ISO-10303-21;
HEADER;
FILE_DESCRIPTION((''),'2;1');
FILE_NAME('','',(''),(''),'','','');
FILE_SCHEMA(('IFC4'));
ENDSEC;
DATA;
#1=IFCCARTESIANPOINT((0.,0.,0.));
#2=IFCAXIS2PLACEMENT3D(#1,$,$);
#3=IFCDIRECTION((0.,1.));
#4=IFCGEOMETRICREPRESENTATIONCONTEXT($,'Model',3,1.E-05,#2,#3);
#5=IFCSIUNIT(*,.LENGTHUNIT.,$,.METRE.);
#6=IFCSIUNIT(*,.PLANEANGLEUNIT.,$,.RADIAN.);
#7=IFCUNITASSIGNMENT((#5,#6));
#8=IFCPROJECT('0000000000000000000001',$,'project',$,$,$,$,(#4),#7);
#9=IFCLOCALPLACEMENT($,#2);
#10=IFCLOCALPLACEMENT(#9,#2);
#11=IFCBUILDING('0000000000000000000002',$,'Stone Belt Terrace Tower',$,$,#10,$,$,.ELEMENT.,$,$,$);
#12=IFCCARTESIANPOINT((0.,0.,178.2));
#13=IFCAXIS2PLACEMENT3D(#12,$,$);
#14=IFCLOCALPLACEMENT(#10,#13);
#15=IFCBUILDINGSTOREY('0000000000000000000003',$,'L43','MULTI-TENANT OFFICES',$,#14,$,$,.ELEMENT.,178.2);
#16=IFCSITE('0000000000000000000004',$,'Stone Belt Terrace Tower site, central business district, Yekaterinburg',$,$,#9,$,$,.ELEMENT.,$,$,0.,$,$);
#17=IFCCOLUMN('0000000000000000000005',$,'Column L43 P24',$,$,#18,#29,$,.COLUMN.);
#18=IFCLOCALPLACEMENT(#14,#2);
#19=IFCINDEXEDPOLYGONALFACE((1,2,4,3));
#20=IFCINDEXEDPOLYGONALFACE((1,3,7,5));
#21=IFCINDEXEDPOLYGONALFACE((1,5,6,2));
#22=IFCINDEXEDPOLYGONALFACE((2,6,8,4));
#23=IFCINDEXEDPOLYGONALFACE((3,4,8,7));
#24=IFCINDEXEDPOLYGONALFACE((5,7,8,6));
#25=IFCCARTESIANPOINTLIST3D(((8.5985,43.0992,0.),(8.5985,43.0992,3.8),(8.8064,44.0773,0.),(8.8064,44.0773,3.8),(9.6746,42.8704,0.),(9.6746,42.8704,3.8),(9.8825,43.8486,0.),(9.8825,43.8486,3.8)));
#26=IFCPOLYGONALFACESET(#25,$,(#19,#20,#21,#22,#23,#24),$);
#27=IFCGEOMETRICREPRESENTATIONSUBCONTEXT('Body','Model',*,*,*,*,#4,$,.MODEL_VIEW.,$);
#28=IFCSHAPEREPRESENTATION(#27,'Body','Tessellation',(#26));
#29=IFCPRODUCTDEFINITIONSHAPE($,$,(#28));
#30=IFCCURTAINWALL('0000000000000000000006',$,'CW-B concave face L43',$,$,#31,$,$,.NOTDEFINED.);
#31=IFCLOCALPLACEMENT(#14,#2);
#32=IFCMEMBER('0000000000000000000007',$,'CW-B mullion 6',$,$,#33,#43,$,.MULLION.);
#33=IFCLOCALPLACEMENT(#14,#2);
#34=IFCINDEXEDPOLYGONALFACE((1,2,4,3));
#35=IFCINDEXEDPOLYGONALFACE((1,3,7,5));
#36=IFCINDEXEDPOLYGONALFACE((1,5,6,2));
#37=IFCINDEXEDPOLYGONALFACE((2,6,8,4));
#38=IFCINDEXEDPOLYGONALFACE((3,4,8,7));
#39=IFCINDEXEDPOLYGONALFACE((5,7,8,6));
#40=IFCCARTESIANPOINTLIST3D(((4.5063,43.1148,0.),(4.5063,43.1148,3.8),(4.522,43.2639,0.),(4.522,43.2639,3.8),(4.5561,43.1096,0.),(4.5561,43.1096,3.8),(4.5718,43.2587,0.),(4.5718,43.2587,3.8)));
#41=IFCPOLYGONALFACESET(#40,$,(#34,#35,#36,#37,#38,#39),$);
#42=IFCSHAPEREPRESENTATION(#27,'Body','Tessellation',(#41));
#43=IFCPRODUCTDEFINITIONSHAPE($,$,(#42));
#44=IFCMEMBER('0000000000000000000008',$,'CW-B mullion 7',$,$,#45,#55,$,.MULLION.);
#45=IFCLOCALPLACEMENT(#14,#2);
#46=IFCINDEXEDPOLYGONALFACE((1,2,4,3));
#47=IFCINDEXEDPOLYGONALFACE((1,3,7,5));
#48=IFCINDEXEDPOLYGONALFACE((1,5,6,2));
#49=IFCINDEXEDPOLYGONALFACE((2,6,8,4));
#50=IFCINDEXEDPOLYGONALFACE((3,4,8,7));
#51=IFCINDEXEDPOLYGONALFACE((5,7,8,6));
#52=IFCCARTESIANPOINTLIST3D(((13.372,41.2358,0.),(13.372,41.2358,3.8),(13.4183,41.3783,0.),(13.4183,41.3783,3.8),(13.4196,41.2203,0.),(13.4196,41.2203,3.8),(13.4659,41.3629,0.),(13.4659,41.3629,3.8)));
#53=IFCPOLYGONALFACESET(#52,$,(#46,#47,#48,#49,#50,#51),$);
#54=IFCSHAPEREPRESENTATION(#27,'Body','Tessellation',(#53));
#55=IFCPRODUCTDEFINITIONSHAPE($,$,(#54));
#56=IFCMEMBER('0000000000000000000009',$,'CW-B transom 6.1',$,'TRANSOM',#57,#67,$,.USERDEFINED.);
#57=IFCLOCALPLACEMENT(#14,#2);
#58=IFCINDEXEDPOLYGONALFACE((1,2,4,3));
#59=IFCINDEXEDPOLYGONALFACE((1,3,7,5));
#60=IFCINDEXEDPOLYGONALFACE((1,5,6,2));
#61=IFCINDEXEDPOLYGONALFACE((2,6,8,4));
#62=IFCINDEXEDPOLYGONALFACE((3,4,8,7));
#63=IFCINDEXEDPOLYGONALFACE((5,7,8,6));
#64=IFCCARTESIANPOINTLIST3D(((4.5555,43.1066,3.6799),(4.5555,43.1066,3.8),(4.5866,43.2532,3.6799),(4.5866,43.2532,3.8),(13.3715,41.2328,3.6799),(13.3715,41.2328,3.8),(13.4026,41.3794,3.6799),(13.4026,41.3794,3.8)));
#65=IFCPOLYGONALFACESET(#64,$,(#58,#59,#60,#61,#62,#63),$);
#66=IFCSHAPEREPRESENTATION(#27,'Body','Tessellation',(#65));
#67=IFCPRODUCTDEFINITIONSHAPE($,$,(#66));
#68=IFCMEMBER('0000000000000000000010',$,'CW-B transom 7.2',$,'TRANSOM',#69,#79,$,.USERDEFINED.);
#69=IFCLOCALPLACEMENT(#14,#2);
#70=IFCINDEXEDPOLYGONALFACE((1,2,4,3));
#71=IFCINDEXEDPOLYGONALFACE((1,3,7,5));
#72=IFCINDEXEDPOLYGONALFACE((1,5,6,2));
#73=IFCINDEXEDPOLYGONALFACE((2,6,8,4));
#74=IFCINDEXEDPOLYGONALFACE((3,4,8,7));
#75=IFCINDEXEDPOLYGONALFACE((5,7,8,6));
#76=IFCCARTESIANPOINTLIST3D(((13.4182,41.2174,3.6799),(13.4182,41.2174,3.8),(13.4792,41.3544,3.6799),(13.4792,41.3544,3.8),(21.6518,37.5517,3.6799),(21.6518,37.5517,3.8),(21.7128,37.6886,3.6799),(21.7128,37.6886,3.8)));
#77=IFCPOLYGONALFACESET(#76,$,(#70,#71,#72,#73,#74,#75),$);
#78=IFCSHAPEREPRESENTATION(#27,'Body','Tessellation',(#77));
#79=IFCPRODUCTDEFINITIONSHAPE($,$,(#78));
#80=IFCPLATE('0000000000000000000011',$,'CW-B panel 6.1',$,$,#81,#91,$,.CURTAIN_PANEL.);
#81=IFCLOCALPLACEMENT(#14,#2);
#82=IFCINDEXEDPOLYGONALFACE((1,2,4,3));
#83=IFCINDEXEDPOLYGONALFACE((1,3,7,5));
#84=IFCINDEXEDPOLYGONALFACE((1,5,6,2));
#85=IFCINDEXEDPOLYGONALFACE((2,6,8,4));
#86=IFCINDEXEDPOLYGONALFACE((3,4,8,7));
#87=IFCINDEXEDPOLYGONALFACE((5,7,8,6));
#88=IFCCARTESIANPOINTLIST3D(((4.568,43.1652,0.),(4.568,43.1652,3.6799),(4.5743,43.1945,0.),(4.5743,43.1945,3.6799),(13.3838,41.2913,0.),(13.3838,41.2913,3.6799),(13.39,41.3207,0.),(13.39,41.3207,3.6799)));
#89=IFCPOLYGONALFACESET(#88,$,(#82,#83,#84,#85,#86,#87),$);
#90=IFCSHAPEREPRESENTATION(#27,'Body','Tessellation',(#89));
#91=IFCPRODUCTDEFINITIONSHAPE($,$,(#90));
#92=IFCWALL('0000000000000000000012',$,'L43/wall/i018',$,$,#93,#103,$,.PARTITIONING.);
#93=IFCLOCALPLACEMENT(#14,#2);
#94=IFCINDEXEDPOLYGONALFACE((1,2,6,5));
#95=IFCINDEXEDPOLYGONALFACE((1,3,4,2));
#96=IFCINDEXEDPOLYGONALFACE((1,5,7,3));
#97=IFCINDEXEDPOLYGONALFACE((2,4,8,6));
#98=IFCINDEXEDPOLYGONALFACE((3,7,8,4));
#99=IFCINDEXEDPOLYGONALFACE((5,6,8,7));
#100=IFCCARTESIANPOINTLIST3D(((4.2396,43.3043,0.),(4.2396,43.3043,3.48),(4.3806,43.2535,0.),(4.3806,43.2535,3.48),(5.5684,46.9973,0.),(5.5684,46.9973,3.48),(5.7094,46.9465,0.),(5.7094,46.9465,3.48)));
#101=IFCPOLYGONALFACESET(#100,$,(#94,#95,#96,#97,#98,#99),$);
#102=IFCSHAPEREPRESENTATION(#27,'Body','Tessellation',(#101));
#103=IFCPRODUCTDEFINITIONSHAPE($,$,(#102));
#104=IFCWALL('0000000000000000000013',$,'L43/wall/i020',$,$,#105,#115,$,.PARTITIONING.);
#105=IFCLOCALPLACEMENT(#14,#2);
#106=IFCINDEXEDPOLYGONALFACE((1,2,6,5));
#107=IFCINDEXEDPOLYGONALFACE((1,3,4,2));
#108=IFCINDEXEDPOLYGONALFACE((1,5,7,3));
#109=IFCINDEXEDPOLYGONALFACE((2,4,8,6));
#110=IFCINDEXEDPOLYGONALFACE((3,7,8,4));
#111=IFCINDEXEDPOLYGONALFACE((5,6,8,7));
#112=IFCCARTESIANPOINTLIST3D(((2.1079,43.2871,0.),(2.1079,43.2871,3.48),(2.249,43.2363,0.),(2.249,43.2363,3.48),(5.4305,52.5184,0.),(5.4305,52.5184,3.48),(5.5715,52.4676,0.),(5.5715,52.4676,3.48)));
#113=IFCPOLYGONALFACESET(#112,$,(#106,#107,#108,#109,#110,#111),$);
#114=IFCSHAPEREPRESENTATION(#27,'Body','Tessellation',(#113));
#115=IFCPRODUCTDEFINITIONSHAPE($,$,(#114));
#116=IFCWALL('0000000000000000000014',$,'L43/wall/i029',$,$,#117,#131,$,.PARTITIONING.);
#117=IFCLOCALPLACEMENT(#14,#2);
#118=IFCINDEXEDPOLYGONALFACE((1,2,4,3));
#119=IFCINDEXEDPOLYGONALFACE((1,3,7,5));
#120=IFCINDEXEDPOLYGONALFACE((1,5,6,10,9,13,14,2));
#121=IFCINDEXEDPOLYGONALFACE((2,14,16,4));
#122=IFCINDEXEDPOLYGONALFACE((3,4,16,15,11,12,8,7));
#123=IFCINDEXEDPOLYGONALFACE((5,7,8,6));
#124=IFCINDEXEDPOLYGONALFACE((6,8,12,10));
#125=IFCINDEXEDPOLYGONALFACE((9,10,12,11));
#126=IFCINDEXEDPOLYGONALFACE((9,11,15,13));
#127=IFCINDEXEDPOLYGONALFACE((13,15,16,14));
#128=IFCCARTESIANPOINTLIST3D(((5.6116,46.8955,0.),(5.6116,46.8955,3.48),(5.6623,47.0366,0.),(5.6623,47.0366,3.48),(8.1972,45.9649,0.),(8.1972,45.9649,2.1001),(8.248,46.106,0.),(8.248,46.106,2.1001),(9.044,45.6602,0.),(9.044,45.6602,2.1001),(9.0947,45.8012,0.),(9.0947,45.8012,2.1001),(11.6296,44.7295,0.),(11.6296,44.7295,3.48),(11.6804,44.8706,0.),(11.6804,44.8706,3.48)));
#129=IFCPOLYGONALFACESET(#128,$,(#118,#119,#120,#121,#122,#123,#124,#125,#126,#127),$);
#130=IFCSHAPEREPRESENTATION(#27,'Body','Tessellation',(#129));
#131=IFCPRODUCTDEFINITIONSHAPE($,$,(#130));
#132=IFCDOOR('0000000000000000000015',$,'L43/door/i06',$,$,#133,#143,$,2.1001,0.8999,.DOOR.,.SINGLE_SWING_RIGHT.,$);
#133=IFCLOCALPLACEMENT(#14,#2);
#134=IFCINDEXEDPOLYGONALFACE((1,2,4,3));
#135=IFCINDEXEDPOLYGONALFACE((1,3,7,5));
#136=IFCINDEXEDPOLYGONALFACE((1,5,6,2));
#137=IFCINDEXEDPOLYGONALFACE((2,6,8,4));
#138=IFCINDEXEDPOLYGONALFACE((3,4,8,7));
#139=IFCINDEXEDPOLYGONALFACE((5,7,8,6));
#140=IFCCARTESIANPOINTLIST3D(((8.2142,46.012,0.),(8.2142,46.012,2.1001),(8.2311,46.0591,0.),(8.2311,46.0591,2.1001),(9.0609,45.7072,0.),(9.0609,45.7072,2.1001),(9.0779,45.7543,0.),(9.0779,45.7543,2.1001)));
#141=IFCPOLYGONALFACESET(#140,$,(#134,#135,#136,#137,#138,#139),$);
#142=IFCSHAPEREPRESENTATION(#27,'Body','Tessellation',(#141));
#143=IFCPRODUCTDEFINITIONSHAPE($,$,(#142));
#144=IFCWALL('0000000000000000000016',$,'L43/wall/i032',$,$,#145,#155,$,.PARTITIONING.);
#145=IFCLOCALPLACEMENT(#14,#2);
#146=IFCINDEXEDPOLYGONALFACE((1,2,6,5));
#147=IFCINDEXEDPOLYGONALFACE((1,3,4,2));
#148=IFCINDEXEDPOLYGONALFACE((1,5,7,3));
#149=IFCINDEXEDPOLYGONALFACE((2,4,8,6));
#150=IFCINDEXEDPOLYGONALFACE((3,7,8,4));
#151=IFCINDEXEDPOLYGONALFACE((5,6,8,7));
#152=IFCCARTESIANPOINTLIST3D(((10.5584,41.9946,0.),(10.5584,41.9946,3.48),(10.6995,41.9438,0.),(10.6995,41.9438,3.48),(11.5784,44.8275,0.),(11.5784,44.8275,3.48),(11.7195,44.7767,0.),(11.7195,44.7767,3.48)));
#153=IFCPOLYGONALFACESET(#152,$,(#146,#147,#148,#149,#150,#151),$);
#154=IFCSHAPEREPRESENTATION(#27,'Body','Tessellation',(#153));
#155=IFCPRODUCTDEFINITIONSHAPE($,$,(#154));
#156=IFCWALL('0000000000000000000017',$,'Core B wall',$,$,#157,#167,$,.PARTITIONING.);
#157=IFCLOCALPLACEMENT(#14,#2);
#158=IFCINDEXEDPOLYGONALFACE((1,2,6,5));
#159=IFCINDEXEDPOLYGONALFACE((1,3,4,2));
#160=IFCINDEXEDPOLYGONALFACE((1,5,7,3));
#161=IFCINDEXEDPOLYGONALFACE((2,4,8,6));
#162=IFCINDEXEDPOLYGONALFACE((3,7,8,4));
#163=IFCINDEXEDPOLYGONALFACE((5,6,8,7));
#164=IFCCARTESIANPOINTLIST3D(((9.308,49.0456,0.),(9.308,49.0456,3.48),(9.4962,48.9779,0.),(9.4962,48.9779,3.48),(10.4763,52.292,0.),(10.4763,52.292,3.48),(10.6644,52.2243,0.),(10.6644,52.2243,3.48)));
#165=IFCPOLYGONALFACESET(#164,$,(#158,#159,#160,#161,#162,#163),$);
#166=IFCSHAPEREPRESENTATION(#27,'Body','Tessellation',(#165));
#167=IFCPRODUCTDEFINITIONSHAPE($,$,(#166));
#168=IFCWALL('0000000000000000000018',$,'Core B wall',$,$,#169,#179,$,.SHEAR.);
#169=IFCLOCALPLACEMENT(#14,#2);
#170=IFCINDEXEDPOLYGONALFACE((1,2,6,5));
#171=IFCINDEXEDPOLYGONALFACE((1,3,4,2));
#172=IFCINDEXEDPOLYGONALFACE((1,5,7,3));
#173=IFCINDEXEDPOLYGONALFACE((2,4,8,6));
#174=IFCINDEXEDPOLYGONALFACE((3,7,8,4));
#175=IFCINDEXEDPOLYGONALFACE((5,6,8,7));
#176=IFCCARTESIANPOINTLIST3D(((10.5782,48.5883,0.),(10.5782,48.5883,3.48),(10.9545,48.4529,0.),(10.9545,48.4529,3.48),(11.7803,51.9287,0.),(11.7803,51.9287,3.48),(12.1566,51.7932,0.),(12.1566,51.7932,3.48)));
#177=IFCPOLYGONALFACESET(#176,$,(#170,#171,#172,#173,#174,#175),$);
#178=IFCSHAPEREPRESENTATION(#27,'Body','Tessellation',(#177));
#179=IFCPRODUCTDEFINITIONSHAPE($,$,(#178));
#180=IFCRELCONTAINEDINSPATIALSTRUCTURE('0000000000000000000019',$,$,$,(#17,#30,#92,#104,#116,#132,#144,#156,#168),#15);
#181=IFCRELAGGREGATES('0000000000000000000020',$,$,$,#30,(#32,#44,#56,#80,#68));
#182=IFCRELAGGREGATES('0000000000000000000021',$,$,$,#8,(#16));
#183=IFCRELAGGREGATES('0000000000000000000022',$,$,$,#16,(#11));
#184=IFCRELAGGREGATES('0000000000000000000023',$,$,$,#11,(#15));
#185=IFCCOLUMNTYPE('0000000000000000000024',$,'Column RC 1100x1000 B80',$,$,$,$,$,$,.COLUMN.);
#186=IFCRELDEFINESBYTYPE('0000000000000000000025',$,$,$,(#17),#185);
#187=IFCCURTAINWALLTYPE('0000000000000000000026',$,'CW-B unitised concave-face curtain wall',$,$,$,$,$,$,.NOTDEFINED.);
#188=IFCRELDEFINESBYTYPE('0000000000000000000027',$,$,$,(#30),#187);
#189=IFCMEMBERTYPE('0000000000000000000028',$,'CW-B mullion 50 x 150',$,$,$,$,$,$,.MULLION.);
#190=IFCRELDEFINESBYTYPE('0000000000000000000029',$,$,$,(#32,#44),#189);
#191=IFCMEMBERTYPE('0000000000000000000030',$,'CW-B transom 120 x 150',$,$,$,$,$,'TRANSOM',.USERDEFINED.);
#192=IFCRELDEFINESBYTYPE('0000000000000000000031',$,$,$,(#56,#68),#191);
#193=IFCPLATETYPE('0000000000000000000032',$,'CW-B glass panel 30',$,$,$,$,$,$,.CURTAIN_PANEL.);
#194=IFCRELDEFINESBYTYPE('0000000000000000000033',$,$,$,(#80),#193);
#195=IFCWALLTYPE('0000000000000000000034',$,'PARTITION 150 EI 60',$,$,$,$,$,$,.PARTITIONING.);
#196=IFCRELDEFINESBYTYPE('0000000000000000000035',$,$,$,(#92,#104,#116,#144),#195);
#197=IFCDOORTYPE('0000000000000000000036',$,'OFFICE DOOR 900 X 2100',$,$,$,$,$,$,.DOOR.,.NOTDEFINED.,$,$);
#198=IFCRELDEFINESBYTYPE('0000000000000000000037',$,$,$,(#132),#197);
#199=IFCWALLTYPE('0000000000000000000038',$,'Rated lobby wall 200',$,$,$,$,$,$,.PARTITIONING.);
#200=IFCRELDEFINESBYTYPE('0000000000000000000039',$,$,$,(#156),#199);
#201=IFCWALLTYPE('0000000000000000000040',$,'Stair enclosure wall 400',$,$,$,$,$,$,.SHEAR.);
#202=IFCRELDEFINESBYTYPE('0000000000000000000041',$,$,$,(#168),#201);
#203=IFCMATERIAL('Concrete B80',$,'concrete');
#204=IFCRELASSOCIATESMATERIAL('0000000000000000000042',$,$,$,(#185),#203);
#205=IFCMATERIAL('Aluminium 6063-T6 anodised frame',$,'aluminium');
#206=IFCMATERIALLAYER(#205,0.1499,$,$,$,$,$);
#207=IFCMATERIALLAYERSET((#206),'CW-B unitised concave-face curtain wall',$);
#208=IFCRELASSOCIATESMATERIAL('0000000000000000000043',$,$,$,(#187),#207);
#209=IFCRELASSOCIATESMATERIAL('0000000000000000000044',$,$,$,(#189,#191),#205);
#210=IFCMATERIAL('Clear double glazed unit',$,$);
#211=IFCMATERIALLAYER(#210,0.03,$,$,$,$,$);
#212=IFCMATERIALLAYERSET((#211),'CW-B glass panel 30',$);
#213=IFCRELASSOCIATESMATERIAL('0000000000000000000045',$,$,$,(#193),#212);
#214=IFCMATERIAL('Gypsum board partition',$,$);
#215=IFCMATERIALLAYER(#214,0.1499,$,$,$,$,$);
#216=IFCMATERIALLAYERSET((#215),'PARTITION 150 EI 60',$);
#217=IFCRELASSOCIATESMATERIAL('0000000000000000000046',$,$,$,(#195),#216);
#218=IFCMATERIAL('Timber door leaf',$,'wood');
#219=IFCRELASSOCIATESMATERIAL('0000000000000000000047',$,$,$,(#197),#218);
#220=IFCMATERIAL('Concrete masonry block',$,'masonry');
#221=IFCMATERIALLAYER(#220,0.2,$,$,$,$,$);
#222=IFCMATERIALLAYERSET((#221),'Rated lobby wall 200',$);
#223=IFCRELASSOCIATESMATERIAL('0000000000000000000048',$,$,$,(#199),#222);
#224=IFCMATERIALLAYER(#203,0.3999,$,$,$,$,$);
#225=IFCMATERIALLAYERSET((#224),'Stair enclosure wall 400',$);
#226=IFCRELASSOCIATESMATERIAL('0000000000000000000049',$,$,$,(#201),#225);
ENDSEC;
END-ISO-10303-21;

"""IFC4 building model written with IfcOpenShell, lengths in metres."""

from ifc_helpers import new_model, si_unit, direction, frame, frame_2d, origin, origin_2d, place, context, subcontext, project, spatial, rectangle, extrude, material, layer, layer_set, material_profile, profile_set, type_object, element, fill, aggregate, save


model = new_model("IFC4")

# Units and contexts
model_context = context("Model", 3, precision=1e-05, world=origin(), true_north=direction((0.0, 1.0)))
body_context = subcontext(model_context, "Body", "Model", "MODEL_VIEW")
ifc_project = project(units=[si_unit("LENGTHUNIT", "METRE"), si_unit("PLANEANGLEUNIT", "RADIAN")], contexts=[model_context])

# Site, building, storey
site_placement = place(None, origin())
site = spatial("IfcSite", under=ifc_project, at=site_placement, Name="Stone Belt Terrace Tower site, central business district, Yekaterinburg", CompositionType="ELEMENT", RefElevation=0.0)
building_placement = place(site_placement, origin())
building = spatial("IfcBuilding", under=site, at=building_placement, Name="Stone Belt Terrace Tower", CompositionType="ELEMENT")
storey_placement = place(building_placement, frame((0.0, 0.0, 178.2)))
storey = spatial("IfcBuildingStorey", under=building, at=storey_placement, Name="L43", Description="MULTI-TENANT OFFICES", CompositionType="ELEMENT", Elevation=178.2)

# Column
ifc_material_1 = material(Name="Concrete B80", Category="concrete")
ifc_material_profile_1 = material_profile(ifc_material_1, rectangle(XDim=1.1001, YDim=1.0, at=origin_2d()), Name="RC 1100x1000")
ifc_profile_set_1 = profile_set([ifc_material_profile_1], Name="Concrete B80")
column_type = type_object("IfcColumnType", Name="Column RC 1100x1000 B80", PredefinedType="COLUMN", material=ifc_profile_set_1)
column_placement = place(storey_placement, frame((9.2405, 43.4739, 0.0), z_axis=(0.0, 0.0, 1.0), x_axis=(0.978148, -0.207912, 0.0)))
element("IfcColumn", 1, at=column_placement, inside=storey, type_object=column_type, Name="Column L43 P24", PredefinedType="COLUMN", context=body_context, shape_type="SweptSolid", body=[
    extrude(rectangle(XDim=1.1001, YDim=1.0, at=origin_2d()), origin(), (0.0, 0.0, 1.0), 3.8),
])

# Curtain wall, members, plate
ifc_material_2 = material(Name="Aluminium 6063-T6 anodised frame", Category="aluminium")
ifc_layer_1 = layer(ifc_material_2, 0.1499)
ifc_layer_set_1 = layer_set([ifc_layer_1], Name="CW-B unitised concave-face curtain wall")
curtain_wall_type = type_object("IfcCurtainWallType", Name="CW-B unitised concave-face curtain wall", PredefinedType="NOTDEFINED", material=ifc_layer_set_1)
curtain_wall_placement = place(storey_placement, origin())
curtain_wall = element("IfcCurtainWall", 2, at=curtain_wall_placement, inside=storey, type_object=curtain_wall_type, Name="CW-B concave face L43", PredefinedType="NOTDEFINED")
ifc_material_profile_2 = material_profile(ifc_material_2, rectangle(XDim=0.1499, YDim=0.05, at=origin_2d()), Name="Aluminium 6063-T6 50x150")
ifc_profile_set_2 = profile_set([ifc_material_profile_2], Name="Aluminium 6063-T6 anodised frame")
member_type_1 = type_object("IfcMemberType", Name="CW-B mullion 50 x 150", PredefinedType="MULLION", material=ifc_profile_set_2)
member_1_placement = place(storey_placement, frame((4.5391, 43.1868, 0.0), z_axis=(0.0, 0.0, 1.0), x_axis=(0.104528, 0.994522, 0.0)))
member_1 = element("IfcMember", 3, at=member_1_placement, type_object=member_type_1, Name="CW-B mullion 6", PredefinedType="MULLION", context=body_context, shape_type="SweptSolid", body=[
    extrude(rectangle(XDim=0.1499, YDim=0.05, at=origin_2d()), origin(), (0.0, 0.0, 1.0), 3.8),
])
member_2_placement = place(storey_placement, frame((13.4189, 41.2993, 0.0), z_axis=(0.0, 0.0, 1.0), x_axis=(0.309017, 0.951057, 0.0)))
member_2 = element("IfcMember", 4, at=member_2_placement, type_object=member_type_1, Name="CW-B mullion 7", PredefinedType="MULLION", context=body_context, shape_type="SweptSolid", body=[
    extrude(rectangle(XDim=0.1499, YDim=0.05, at=origin_2d()), origin(), (0.0, 0.0, 1.0), 3.8),
])
ifc_material_profile_3 = material_profile(ifc_material_2, rectangle(XDim=0.1499, YDim=0.1201, at=origin_2d()), Name="Aluminium 6063-T6 150x120")
ifc_profile_set_3 = profile_set([ifc_material_profile_3], Name="Aluminium 6063-T6 anodised frame")
member_type_2 = type_object("IfcMemberType", Name="CW-B transom 120 x 150", ElementType="TRANSOM", PredefinedType="USERDEFINED", material=ifc_profile_set_3)
member_3_placement = place(storey_placement, frame((4.571, 43.1799, 3.74), z_axis=(0.97815, -0.207901, 0.0), x_axis=(0.207901, 0.97815, 0.0)))
member_3 = element("IfcMember", 5, at=member_3_placement, type_object=member_type_2, Name="CW-B transom 6.1", ObjectType="TRANSOM", PredefinedType="USERDEFINED", context=body_context, shape_type="SweptSolid", body=[
    extrude(rectangle(XDim=0.1499, YDim=0.1201, at=origin_2d()), origin(), (0.0, 0.0, 1.0), 9.0129),
])
member_4_placement = place(storey_placement, frame((13.4487, 41.2859, 3.74), z_axis=(0.913549, -0.406729, 0.0), x_axis=(0.406729, 0.913549, 0.0)))
member_4 = element("IfcMember", 6, at=member_4_placement, type_object=member_type_2, Name="CW-B transom 7.2", ObjectType="TRANSOM", PredefinedType="USERDEFINED", context=body_context, shape_type="SweptSolid", body=[
    extrude(rectangle(XDim=0.1499, YDim=0.1201, at=origin_2d()), origin(), (0.0, 0.0, 1.0), 9.0127),
])
ifc_material_3 = material(Name="Clear double glazed unit")
ifc_layer_2 = layer(ifc_material_3, 0.03)
ifc_layer_set_2 = layer_set([ifc_layer_2], Name="CW-B glass panel 30")
plate_type = type_object("IfcPlateType", Name="CW-B glass panel 30", PredefinedType="CURTAIN_PANEL", material=ifc_layer_set_2)
plate_placement = place(storey_placement, frame((8.979, 42.2429, 0.0), z_axis=(0.0, 0.0, 1.0), x_axis=(0.978148, -0.207912, 0.0)))
plate = element("IfcPlate", 7, at=plate_placement, type_object=plate_type, Name="CW-B panel 6.1", PredefinedType="CURTAIN_PANEL", context=body_context, shape_type="SweptSolid", body=[
    extrude(rectangle(XDim=9.0127, YDim=0.03, at=origin_2d()), origin(), (0.0, 0.0, 1.0), 3.6799),
])
aggregate(curtain_wall, [member_1, member_2, member_3, plate, member_4])

# Walls
ifc_material_4 = material(Name="Gypsum board partition")
ifc_layer_3 = layer(ifc_material_4, 0.1499)
ifc_layer_set_3 = layer_set([ifc_layer_3], Name="PARTITION 150 EI 60")
wall_type_1 = type_object("IfcWallType", Name="PARTITION 150 EI 60", PredefinedType="PARTITIONING", material=ifc_layer_set_3)
wall_1_placement = place(storey_placement, frame((5.6389, 46.9719, 0.0), z_axis=(0.0, 0.0, 1.0), x_axis=(-0.33857, -0.940941, 0.0)))
element("IfcWall", 8, at=wall_1_placement, inside=storey, type_object=wall_type_1, Name="L43/wall/i018", PredefinedType="PARTITIONING", context=body_context, shape_type="SweptSolid", body=[
    extrude(rectangle(XDim=3.9248, YDim=0.1499, at=frame_2d((1.9624, 0.0))), origin(), (0.0, 0.0, 1.0), 3.48),
])
wall_2_placement = place(storey_placement, frame((2.1785, 43.2617, 0.0), z_axis=(0.0, 0.0, 1.0), x_axis=(0.338654, 0.940911, 0.0)))
element("IfcWall", 9, at=wall_2_placement, inside=storey, type_object=wall_type_1, Name="L43/wall/i020", PredefinedType="PARTITIONING", context=body_context, shape_type="SweptSolid", body=[
    extrude(rectangle(XDim=9.811, YDim=0.1499, at=frame_2d((4.9055, 0.0))), origin(), (0.0, 0.0, 1.0), 3.48),
])

# Wall, opening, door
wall_3_placement = place(storey_placement, frame((11.655, 44.8, 0.0), z_axis=(0.0, 0.0, 1.0), x_axis=(-0.940912, 0.338652, 0.0)))
wall_3 = element("IfcWall", 10, at=wall_3_placement, inside=storey, type_object=wall_type_1, Name="L43/wall/i029", PredefinedType="PARTITIONING", context=body_context, shape_type="SweptSolid", body=[
    extrude(rectangle(XDim=6.396, YDim=0.1499, at=frame_2d((3.198, 0.0))), origin(), (0.0, 0.0, 1.0), 3.48),
])
opening_placement = place(wall_3_placement, frame((2.748, 0.0, 0.0)))
opening = element("IfcOpeningElement", 11, at=opening_placement, cuts=wall_3, PredefinedType="OPENING", context=body_context, shape_type="SweptSolid", body=[
    extrude(rectangle(XDim=0.8999, YDim=2.1001, at=frame_2d((0.45, 1.05))), frame((0.0, 0.085, 0.0), z_axis=(0.0, -1.0, 0.0), x_axis=(1.0, 0.0, 0.0)), (0.0, 0.0, 1.0), 0.1699),
])
ifc_material_5 = material(Name="Timber door leaf", Category="wood")
door_type = type_object("IfcDoorType", Name="OFFICE DOOR 900 X 2100", OperationType="NOTDEFINED", PredefinedType="DOOR", material=ifc_material_5)
door_placement = place(opening_placement, origin())
door = element("IfcDoor", 12, at=door_placement, inside=storey, type_object=door_type, Name="L43/door/i06", OperationType="SINGLE_SWING_RIGHT", OverallHeight=2.1001, OverallWidth=0.8999, PredefinedType="DOOR", context=body_context, shape_type="SweptSolid", body=[
    extrude(rectangle(XDim=0.8999, YDim=2.1001, at=frame_2d((0.45, 1.05))), frame((0.0, 0.0249, 0.0), z_axis=(0.0, -1.0, 0.0), x_axis=(1.0, 0.0, 0.0)), (0.0, 0.0, 1.0), 0.05),
])
fill(opening, door)

# Walls
wall_4_placement = place(storey_placement, frame((11.6489, 44.802, 0.0), z_axis=(0.0, 0.0, 1.0), x_axis=(-0.33876, -0.940873, 0.0)))
element("IfcWall", 13, at=wall_4_placement, inside=storey, type_object=wall_type_1, Name="L43/wall/i032", PredefinedType="PARTITIONING", context=body_context, shape_type="SweptSolid", body=[
    extrude(rectangle(XDim=3.011, YDim=0.1499, at=frame_2d((1.5054, 0.0))), origin(), (0.0, 0.0, 1.0), 3.48),
])
ifc_material_6 = material(Name="Concrete masonry block", Category="masonry")
ifc_layer_4 = layer(ifc_material_6, 0.2)
ifc_layer_set_4 = layer_set([ifc_layer_4], Name="Rated lobby wall 200")
wall_type_2 = type_object("IfcWallType", Name="Rated lobby wall 200", PredefinedType="PARTITIONING", material=ifc_layer_set_4)
wall_5_placement = place(storey_placement, frame((9.4021, 49.0117, 0.0), z_axis=(0.0, 0.0, 1.0), x_axis=(0.338599, 0.940931, 0.0)))
element("IfcWall", 14, at=wall_5_placement, inside=storey, type_object=wall_type_2, Name="Core B wall", PredefinedType="PARTITIONING", context=body_context, shape_type="SweptSolid", body=[
    extrude(rectangle(XDim=3.4502, YDim=0.2, at=frame_2d((1.7251, 0.0))), origin(), (0.0, 0.0, 1.0), 3.48),
])
ifc_layer_5 = layer(ifc_material_1, 0.3999)
ifc_layer_set_5 = layer_set([ifc_layer_5], Name="Stair enclosure wall 400")
wall_type_3 = type_object("IfcWallType", Name="Stair enclosure wall 400", PredefinedType="SHEAR", material=ifc_layer_set_5)
wall_6_placement = place(storey_placement, frame((10.7664, 48.5208, 0.0), z_axis=(0.0, 0.0, 1.0), x_axis=(0.338627, 0.940921, 0.0)))
element("IfcWall", 15, at=wall_6_placement, inside=storey, type_object=wall_type_3, Name="Core B wall", PredefinedType="SHEAR", context=body_context, shape_type="SweptSolid", body=[
    extrude(rectangle(XDim=3.55, YDim=0.3999, at=frame_2d((1.7749, 0.0))), origin(), (0.0, 0.0, 1.0), 3.48),
])

save(model, "model.ifc")
